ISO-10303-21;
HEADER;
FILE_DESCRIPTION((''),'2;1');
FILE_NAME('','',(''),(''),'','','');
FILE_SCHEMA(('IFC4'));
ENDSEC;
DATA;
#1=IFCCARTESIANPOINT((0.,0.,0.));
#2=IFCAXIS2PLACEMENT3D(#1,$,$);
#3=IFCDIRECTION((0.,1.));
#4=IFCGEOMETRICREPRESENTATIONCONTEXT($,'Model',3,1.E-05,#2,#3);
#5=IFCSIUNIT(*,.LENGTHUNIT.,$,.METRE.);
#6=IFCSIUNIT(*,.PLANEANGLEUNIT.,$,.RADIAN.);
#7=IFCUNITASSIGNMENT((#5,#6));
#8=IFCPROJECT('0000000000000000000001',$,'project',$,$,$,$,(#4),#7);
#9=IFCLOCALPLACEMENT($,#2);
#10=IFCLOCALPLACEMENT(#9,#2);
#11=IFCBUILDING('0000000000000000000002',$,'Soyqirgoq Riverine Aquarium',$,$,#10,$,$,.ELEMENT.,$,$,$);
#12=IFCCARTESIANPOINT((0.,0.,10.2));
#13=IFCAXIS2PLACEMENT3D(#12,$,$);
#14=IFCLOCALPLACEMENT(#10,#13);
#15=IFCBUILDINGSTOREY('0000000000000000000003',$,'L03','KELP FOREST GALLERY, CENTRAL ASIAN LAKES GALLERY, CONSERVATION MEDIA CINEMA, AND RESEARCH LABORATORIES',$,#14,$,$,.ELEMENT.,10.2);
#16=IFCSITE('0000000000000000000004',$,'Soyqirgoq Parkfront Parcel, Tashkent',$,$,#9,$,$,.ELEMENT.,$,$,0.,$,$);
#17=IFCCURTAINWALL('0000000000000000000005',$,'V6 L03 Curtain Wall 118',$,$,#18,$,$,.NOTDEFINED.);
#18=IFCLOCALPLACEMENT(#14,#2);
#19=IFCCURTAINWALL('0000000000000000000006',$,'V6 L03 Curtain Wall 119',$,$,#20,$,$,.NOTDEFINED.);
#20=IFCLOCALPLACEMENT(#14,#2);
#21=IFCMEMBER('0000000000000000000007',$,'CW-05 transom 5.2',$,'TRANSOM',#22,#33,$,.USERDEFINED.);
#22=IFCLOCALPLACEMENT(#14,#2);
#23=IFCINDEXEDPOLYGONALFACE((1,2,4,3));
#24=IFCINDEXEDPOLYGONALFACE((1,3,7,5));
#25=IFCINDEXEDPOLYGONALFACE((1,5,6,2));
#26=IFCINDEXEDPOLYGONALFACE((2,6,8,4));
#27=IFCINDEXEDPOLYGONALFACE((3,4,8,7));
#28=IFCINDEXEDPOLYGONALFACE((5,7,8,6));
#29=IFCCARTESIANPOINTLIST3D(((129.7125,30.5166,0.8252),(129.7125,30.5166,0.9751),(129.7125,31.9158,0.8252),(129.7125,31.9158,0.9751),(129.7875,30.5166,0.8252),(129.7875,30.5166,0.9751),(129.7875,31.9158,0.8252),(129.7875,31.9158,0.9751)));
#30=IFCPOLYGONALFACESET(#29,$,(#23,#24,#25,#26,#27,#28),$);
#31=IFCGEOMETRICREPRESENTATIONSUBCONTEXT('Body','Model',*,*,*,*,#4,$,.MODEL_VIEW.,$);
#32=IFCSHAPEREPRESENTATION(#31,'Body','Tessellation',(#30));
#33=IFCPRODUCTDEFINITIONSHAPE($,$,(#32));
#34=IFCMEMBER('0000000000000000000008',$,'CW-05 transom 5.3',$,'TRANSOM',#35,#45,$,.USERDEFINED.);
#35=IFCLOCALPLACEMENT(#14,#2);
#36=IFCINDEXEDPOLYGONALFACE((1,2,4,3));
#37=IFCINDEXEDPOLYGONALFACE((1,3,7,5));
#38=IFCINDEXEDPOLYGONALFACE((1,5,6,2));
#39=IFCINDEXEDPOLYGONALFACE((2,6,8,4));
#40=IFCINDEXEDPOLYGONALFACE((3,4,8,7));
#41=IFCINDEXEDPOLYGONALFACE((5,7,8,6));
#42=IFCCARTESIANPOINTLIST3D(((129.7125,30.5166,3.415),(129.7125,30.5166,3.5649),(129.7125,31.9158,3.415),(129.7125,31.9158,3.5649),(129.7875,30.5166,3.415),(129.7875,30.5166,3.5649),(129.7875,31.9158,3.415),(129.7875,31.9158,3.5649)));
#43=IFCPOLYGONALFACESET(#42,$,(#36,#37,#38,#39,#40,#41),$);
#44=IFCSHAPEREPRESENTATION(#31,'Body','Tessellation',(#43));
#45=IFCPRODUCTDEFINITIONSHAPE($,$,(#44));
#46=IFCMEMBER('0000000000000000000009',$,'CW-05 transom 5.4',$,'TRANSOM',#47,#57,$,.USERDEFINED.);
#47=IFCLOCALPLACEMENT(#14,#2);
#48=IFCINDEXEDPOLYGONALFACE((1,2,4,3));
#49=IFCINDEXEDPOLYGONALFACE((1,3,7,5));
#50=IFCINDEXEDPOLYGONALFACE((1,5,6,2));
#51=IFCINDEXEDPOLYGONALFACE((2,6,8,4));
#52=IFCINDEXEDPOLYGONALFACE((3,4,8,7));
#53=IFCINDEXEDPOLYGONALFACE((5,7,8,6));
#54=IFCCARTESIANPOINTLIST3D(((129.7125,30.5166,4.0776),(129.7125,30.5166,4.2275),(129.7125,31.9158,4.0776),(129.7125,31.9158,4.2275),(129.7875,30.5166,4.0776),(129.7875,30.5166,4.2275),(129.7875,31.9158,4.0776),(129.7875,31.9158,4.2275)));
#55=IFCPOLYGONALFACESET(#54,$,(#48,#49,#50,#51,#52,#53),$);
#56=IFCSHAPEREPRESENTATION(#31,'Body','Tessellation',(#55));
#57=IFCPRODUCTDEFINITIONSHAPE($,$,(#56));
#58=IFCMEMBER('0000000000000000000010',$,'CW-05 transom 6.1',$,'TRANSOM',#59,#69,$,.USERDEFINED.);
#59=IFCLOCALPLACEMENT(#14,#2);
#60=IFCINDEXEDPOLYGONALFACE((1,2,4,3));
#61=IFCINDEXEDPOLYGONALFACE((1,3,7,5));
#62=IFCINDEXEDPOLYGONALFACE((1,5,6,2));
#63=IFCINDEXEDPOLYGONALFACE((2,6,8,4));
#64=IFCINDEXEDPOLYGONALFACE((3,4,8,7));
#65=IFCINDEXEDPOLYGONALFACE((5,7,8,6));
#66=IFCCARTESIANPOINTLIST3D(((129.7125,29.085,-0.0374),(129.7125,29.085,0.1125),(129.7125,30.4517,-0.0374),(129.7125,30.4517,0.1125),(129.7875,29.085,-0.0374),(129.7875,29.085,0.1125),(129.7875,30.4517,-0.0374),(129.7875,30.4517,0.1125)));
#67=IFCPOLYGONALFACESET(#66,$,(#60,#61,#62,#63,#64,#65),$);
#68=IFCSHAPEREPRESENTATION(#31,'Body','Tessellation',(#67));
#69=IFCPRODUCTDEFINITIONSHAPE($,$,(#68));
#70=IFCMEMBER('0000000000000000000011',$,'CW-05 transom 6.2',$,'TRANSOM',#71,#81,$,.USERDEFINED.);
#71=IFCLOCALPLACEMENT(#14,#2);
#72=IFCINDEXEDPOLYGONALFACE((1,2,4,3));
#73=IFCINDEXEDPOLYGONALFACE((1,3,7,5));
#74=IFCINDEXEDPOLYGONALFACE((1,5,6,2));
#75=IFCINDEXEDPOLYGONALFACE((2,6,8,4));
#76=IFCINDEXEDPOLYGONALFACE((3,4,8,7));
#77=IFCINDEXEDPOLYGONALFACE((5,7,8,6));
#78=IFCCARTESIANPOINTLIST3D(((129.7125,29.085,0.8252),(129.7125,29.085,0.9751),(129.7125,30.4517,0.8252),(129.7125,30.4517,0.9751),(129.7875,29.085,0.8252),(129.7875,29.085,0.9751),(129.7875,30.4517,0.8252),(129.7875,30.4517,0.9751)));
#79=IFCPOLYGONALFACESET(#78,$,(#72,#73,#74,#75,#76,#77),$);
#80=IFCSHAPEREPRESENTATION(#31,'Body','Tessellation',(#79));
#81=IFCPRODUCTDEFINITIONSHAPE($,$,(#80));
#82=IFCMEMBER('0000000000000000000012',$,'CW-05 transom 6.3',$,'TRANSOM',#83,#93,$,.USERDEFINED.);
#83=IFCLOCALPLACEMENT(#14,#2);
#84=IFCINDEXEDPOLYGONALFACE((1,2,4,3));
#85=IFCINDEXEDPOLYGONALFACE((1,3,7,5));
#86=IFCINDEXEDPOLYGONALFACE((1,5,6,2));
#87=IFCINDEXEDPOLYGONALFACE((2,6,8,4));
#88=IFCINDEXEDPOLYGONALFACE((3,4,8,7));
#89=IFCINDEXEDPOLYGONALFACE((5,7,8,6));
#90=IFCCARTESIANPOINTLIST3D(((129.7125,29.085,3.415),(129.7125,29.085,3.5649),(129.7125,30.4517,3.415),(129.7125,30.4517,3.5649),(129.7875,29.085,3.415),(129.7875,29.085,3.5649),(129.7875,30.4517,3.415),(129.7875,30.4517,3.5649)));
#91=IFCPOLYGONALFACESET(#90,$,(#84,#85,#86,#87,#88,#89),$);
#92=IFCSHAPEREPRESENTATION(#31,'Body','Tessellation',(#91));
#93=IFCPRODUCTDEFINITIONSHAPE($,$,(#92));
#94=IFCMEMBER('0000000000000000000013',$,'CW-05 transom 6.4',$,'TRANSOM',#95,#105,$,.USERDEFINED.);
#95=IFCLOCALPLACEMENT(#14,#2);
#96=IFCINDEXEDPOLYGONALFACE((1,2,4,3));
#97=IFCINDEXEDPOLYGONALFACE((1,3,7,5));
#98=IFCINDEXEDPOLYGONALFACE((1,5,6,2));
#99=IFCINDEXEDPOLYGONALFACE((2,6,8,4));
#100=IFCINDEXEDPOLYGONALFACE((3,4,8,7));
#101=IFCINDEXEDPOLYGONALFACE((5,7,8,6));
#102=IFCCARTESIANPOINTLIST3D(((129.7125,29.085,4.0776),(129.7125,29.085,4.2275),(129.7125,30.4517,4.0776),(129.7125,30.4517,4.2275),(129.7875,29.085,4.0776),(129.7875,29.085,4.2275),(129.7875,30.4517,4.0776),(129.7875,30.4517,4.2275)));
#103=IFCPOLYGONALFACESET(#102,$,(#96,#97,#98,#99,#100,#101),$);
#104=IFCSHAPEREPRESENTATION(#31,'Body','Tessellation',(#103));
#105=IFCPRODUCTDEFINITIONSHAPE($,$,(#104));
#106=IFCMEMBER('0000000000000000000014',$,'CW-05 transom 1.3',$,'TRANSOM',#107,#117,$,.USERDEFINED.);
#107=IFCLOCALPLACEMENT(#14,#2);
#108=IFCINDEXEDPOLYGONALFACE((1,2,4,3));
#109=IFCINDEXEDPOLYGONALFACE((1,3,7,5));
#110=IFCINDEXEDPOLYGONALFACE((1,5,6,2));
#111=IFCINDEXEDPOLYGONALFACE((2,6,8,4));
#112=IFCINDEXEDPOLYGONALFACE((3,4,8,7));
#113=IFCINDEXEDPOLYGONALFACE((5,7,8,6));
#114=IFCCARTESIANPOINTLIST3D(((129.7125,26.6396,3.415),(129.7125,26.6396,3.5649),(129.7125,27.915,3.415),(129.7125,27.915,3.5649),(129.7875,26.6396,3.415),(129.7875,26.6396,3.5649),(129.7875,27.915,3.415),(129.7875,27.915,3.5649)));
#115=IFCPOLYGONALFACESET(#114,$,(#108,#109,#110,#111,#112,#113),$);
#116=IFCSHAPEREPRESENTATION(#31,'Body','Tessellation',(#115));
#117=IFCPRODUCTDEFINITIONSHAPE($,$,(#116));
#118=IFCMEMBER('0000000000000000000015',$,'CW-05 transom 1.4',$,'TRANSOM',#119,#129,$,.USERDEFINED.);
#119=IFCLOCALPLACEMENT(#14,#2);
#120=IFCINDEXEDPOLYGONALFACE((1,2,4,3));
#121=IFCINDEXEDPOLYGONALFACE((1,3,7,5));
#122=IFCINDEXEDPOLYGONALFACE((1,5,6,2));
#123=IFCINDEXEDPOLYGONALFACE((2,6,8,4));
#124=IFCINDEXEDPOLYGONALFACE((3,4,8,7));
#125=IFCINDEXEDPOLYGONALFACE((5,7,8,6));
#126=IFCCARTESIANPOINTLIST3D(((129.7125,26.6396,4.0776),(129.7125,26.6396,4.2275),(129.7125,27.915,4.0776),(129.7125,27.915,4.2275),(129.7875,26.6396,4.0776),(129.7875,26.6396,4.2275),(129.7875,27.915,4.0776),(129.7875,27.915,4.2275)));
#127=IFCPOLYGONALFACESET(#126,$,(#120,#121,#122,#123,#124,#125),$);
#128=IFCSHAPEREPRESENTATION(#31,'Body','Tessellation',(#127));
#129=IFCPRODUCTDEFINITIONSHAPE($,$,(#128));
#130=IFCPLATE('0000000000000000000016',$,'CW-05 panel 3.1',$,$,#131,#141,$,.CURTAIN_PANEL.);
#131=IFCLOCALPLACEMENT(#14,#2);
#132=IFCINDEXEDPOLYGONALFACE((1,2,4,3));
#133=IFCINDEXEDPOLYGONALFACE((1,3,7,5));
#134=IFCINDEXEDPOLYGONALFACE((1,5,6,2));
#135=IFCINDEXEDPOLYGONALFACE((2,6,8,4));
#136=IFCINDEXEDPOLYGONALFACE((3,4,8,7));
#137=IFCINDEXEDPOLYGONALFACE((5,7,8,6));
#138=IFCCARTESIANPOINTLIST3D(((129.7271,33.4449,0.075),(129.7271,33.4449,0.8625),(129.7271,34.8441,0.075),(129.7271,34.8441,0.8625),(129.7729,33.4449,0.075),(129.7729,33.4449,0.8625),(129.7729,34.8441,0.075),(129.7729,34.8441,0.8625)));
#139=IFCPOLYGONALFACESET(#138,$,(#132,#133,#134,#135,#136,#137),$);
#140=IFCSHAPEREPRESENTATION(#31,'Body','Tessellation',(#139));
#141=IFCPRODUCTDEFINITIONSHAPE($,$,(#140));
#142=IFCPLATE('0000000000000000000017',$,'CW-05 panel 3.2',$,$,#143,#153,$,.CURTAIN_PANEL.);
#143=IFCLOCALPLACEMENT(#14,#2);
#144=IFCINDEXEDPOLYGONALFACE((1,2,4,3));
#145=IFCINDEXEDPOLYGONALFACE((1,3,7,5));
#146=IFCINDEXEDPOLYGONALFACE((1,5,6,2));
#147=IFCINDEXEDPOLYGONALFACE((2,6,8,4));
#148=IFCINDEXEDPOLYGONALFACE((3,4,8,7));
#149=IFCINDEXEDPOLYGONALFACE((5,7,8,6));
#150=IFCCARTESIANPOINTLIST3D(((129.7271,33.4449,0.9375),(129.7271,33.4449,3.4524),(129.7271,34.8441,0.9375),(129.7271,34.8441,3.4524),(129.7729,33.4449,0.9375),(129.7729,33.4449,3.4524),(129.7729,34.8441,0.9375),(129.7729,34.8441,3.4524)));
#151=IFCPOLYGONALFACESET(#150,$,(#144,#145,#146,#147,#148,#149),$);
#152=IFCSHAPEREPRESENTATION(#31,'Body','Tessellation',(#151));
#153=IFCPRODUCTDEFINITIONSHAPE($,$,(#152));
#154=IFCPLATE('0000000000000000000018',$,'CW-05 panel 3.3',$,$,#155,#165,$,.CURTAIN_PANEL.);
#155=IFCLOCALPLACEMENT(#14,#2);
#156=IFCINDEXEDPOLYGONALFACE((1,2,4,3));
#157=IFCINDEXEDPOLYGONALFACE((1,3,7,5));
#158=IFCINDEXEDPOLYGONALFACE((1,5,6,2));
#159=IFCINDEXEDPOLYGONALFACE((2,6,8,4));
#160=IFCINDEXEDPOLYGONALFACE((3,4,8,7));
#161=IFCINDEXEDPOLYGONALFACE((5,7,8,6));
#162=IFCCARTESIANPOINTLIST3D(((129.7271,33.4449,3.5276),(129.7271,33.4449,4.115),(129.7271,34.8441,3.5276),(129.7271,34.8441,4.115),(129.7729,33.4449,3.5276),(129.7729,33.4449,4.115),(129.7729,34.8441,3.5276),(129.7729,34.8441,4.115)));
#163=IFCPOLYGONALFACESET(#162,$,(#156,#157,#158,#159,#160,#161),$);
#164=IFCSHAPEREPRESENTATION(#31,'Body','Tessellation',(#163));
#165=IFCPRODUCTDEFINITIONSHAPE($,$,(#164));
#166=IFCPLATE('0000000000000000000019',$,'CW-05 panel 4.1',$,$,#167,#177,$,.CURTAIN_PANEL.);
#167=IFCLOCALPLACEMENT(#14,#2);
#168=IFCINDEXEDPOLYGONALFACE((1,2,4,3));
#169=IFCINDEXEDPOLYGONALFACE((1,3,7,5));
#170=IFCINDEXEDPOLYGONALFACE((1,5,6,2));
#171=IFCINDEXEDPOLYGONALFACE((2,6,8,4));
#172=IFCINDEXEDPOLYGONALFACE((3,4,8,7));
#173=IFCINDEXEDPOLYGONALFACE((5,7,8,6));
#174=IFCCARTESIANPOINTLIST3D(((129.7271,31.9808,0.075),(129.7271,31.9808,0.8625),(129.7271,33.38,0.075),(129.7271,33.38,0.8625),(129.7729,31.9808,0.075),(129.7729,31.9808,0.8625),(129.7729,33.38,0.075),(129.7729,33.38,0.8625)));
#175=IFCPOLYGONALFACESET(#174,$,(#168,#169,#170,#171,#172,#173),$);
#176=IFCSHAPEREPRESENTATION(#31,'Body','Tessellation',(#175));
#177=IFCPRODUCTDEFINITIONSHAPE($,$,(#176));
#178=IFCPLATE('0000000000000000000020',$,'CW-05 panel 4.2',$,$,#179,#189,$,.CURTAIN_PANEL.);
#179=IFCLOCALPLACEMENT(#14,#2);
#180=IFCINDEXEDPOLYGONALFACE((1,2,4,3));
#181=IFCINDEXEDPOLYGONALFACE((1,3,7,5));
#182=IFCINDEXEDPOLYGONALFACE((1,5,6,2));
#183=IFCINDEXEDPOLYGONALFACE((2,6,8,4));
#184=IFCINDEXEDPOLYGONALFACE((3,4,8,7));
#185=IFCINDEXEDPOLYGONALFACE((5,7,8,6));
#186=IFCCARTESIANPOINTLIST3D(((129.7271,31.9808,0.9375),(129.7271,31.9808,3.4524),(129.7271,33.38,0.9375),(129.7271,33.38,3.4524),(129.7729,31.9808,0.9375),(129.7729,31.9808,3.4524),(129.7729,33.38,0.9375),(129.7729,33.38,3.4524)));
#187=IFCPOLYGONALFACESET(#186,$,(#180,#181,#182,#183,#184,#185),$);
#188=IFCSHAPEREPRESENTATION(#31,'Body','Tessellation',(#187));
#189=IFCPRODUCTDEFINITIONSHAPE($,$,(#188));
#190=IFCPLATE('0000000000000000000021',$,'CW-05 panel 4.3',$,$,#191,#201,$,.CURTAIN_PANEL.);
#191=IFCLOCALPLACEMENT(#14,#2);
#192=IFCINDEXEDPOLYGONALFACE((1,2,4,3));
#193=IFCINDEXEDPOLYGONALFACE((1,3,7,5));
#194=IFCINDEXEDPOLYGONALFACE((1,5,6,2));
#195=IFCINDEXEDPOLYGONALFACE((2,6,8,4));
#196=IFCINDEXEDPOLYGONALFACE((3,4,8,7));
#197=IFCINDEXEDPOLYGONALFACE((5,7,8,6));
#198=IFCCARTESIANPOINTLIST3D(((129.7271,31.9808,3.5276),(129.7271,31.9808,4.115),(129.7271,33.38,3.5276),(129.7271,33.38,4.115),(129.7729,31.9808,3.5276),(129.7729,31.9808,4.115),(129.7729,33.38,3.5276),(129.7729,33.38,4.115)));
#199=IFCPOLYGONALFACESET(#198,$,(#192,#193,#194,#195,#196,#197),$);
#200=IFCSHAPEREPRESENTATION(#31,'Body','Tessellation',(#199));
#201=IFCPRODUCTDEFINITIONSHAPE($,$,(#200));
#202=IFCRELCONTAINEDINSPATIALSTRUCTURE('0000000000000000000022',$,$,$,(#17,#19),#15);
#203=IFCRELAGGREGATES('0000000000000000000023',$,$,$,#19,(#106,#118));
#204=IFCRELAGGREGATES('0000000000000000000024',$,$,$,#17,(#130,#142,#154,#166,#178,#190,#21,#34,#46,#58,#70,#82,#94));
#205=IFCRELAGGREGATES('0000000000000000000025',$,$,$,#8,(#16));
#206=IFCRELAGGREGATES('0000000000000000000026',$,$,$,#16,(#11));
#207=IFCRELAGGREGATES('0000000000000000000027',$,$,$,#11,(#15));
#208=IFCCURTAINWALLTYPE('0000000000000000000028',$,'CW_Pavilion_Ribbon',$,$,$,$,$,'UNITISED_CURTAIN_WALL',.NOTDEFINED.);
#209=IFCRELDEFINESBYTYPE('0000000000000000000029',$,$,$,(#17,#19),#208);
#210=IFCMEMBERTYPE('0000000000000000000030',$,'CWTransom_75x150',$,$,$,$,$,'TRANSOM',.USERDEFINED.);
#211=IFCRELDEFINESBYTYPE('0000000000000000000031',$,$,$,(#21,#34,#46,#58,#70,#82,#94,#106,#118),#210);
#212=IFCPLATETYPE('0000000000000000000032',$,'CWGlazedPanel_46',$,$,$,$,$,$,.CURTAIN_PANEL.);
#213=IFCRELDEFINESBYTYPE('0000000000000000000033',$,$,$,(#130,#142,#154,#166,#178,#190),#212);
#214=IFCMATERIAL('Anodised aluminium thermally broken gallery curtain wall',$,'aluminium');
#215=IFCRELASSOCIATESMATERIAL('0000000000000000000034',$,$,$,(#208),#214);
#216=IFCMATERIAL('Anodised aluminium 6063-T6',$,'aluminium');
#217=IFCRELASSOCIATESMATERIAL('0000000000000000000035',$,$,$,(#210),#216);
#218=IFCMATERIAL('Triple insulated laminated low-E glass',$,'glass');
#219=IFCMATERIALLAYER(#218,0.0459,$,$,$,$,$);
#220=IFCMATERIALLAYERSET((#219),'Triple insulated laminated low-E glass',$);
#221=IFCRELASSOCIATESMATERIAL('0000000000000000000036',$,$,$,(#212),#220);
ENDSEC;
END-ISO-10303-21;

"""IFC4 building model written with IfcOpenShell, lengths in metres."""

from ifc_helpers import new_model, si_unit, direction, frame, origin, origin_2d, place, context, subcontext, project, spatial, rectangle, extrude, material, layer, layer_set, material_profile, profile_set, type_object, element, aggregate, save


model = new_model("IFC4")

# Units and contexts
model_context = context("Model", 3, precision=1e-05, world=origin(), true_north=direction((0.0, 1.0)))
body_context = subcontext(model_context, "Body", "Model", "MODEL_VIEW")
ifc_project = project(units=[si_unit("LENGTHUNIT", "METRE"), si_unit("PLANEANGLEUNIT", "RADIAN")], contexts=[model_context])

# Site, building, storey
site_placement = place(None, origin())
site = spatial("IfcSite", under=ifc_project, at=site_placement, Name="Soyqirgoq Parkfront Parcel, Tashkent", CompositionType="ELEMENT", RefElevation=0.0)
building_placement = place(site_placement, origin())
building = spatial("IfcBuilding", under=site, at=building_placement, Name="Soyqirgoq Riverine Aquarium", CompositionType="ELEMENT")
storey_placement = place(building_placement, frame((0.0, 0.0, 10.2)))
storey = spatial("IfcBuildingStorey", under=building, at=storey_placement, Name="L03", Description="KELP FOREST GALLERY, CENTRAL ASIAN LAKES GALLERY, CONSERVATION MEDIA CINEMA, AND RESEARCH LABORATORIES", CompositionType="ELEMENT", Elevation=10.2)

# Curtain wall
ifc_material_1 = material(Name="Anodised aluminium thermally broken gallery curtain wall", Category="aluminium")
curtain_wall_type = type_object("IfcCurtainWallType", Name="CW_Pavilion_Ribbon", ElementType="UNITISED_CURTAIN_WALL", PredefinedType="NOTDEFINED", material=ifc_material_1)
curtain_wall_1_placement = place(storey_placement, origin())
curtain_wall_1 = element("IfcCurtainWall", 1, at=curtain_wall_1_placement, inside=storey, type_object=curtain_wall_type, Name="V6 L03 Curtain Wall 118", PredefinedType="NOTDEFINED")

# Curtain wall
curtain_wall_2_placement = place(storey_placement, origin())
curtain_wall_2 = element("IfcCurtainWall", 2, at=curtain_wall_2_placement, inside=storey, type_object=curtain_wall_type, Name="V6 L03 Curtain Wall 119", PredefinedType="NOTDEFINED")

# Members
ifc_material_2 = material(Name="Anodised aluminium 6063-T6", Category="aluminium")
ifc_material_profile_1 = material_profile(ifc_material_2, rectangle(XDim=0.075, YDim=0.1499, at=origin_2d()), Name="ALU-T 75x150")
ifc_profile_set_1 = profile_set([ifc_material_profile_1], Name="Anodised aluminium 6063-T6")
member_type_1 = type_object("IfcMemberType", Name="CWTransom_75x150", ElementType="TRANSOM", PredefinedType="USERDEFINED", material=ifc_profile_set_1)
member_1_placement = place(storey_placement, frame((129.75, 31.9158, 0.9001), z_axis=(0.0, -1.0, 0.0), x_axis=(1.0, 0.0, 0.0)))
member_1 = element("IfcMember", 3, at=member_1_placement, type_object=member_type_1, Name="CW-05 transom 5.2", ObjectType="TRANSOM", PredefinedType="USERDEFINED", context=body_context, shape_type="SweptSolid", body=[
    extrude(rectangle(XDim=0.075, YDim=0.1499, at=origin_2d()), origin(), (0.0, 0.0, 1.0), 1.3992),
])
member_2_placement = place(storey_placement, frame((129.75, 31.9158, 3.49), z_axis=(0.0, -1.0, 0.0), x_axis=(1.0, 0.0, 0.0)))
member_2 = element("IfcMember", 4, at=member_2_placement, type_object=member_type_1, Name="CW-05 transom 5.3", ObjectType="TRANSOM", PredefinedType="USERDEFINED", context=body_context, shape_type="SweptSolid", body=[
    extrude(rectangle(XDim=0.075, YDim=0.1499, at=origin_2d()), origin(), (0.0, 0.0, 1.0), 1.3992),
])
member_3_placement = place(storey_placement, frame((129.75, 31.9158, 4.1526), z_axis=(0.0, -1.0, 0.0), x_axis=(1.0, 0.0, 0.0)))
member_3 = element("IfcMember", 5, at=member_3_placement, type_object=member_type_1, Name="CW-05 transom 5.4", ObjectType="TRANSOM", PredefinedType="USERDEFINED", context=body_context, shape_type="SweptSolid", body=[
    extrude(rectangle(XDim=0.075, YDim=0.1499, at=origin_2d()), origin(), (0.0, 0.0, 1.0), 1.3992),
])
member_4_placement = place(storey_placement, frame((129.75, 30.4517, 0.0376), z_axis=(0.0, -1.0, 0.0), x_axis=(1.0, 0.0, 0.0)))
member_4 = element("IfcMember", 6, at=member_4_placement, type_object=member_type_1, Name="CW-05 transom 6.1", ObjectType="TRANSOM", PredefinedType="USERDEFINED", context=body_context, shape_type="SweptSolid", body=[
    extrude(rectangle(XDim=0.075, YDim=0.1499, at=origin_2d()), origin(), (0.0, 0.0, 1.0), 1.3667),
])
member_5_placement = place(storey_placement, frame((129.75, 30.4517, 0.9001), z_axis=(0.0, -1.0, 0.0), x_axis=(1.0, 0.0, 0.0)))
member_5 = element("IfcMember", 7, at=member_5_placement, type_object=member_type_1, Name="CW-05 transom 6.2", ObjectType="TRANSOM", PredefinedType="USERDEFINED", context=body_context, shape_type="SweptSolid", body=[
    extrude(rectangle(XDim=0.075, YDim=0.1499, at=origin_2d()), origin(), (0.0, 0.0, 1.0), 1.3667),
])
member_6_placement = place(storey_placement, frame((129.75, 30.4517, 3.49), z_axis=(0.0, -1.0, 0.0), x_axis=(1.0, 0.0, 0.0)))
member_6 = element("IfcMember", 8, at=member_6_placement, type_object=member_type_1, Name="CW-05 transom 6.3", ObjectType="TRANSOM", PredefinedType="USERDEFINED", context=body_context, shape_type="SweptSolid", body=[
    extrude(rectangle(XDim=0.075, YDim=0.1499, at=origin_2d()), origin(), (0.0, 0.0, 1.0), 1.3667),
])
member_7_placement = place(storey_placement, frame((129.75, 30.4517, 4.1526), z_axis=(0.0, -1.0, 0.0), x_axis=(1.0, 0.0, 0.0)))
member_7 = element("IfcMember", 9, at=member_7_placement, type_object=member_type_1, Name="CW-05 transom 6.4", ObjectType="TRANSOM", PredefinedType="USERDEFINED", context=body_context, shape_type="SweptSolid", body=[
    extrude(rectangle(XDim=0.075, YDim=0.1499, at=origin_2d()), origin(), (0.0, 0.0, 1.0), 1.3667),
])
member_8_placement = place(storey_placement, frame((129.75, 27.915, 3.49), z_axis=(0.0, -1.0, 0.0), x_axis=(1.0, 0.0, 0.0)))
member_8 = element("IfcMember", 10, at=member_8_placement, type_object=member_type_1, Name="CW-05 transom 1.3", ObjectType="TRANSOM", PredefinedType="USERDEFINED", context=body_context, shape_type="SweptSolid", body=[
    extrude(rectangle(XDim=0.075, YDim=0.1499, at=origin_2d()), origin(), (0.0, 0.0, 1.0), 1.2754),
])
member_9_placement = place(storey_placement, frame((129.75, 27.915, 4.1526), z_axis=(0.0, -1.0, 0.0), x_axis=(1.0, 0.0, 0.0)))
member_9 = element("IfcMember", 11, at=member_9_placement, type_object=member_type_1, Name="CW-05 transom 1.4", ObjectType="TRANSOM", PredefinedType="USERDEFINED", context=body_context, shape_type="SweptSolid", body=[
    extrude(rectangle(XDim=0.075, YDim=0.1499, at=origin_2d()), origin(), (0.0, 0.0, 1.0), 1.2754),
])
aggregate(curtain_wall_2, [member_8, member_9])

# Plates
ifc_material_3 = material(Name="Triple insulated laminated low-E glass", Category="glass")
ifc_layer = layer(ifc_material_3, 0.0459)
ifc_layer_set = layer_set([ifc_layer], Name="Triple insulated laminated low-E glass")
plate_type = type_object("IfcPlateType", Name="CWGlazedPanel_46", PredefinedType="CURTAIN_PANEL", material=ifc_layer_set)
plate_1_placement = place(storey_placement, frame((129.75, 34.1445, 0.075), z_axis=(0.0, 0.0, 1.0), x_axis=(0.0, -1.0, 0.0)))
plate_1 = element("IfcPlate", 12, at=plate_1_placement, type_object=plate_type, Name="CW-05 panel 3.1", PredefinedType="CURTAIN_PANEL", context=body_context, shape_type="SweptSolid", body=[
    extrude(rectangle(XDim=1.3992, YDim=0.0459, at=origin_2d()), origin(), (0.0, 0.0, 1.0), 0.7876),
])
plate_2_placement = place(storey_placement, frame((129.75, 34.1445, 0.9375), z_axis=(0.0, 0.0, 1.0), x_axis=(0.0, -1.0, 0.0)))
plate_2 = element("IfcPlate", 13, at=plate_2_placement, type_object=plate_type, Name="CW-05 panel 3.2", PredefinedType="CURTAIN_PANEL", context=body_context, shape_type="SweptSolid", body=[
    extrude(rectangle(XDim=1.3992, YDim=0.0459, at=origin_2d()), origin(), (0.0, 0.0, 1.0), 2.5149),
])
plate_3_placement = place(storey_placement, frame((129.75, 34.1445, 3.5276), z_axis=(0.0, 0.0, 1.0), x_axis=(0.0, -1.0, 0.0)))
plate_3 = element("IfcPlate", 14, at=plate_3_placement, type_object=plate_type, Name="CW-05 panel 3.3", PredefinedType="CURTAIN_PANEL", context=body_context, shape_type="SweptSolid", body=[
    extrude(rectangle(XDim=1.3992, YDim=0.0459, at=origin_2d()), origin(), (0.0, 0.0, 1.0), 0.5874),
])
plate_4_placement = place(storey_placement, frame((129.75, 32.6804, 0.075), z_axis=(0.0, 0.0, 1.0), x_axis=(0.0, -1.0, 0.0)))
plate_4 = element("IfcPlate", 15, at=plate_4_placement, type_object=plate_type, Name="CW-05 panel 4.1", PredefinedType="CURTAIN_PANEL", context=body_context, shape_type="SweptSolid", body=[
    extrude(rectangle(XDim=1.3992, YDim=0.0459, at=origin_2d()), origin(), (0.0, 0.0, 1.0), 0.7876),
])
plate_5_placement = place(storey_placement, frame((129.75, 32.6804, 0.9375), z_axis=(0.0, 0.0, 1.0), x_axis=(0.0, -1.0, 0.0)))
plate_5 = element("IfcPlate", 16, at=plate_5_placement, type_object=plate_type, Name="CW-05 panel 4.2", PredefinedType="CURTAIN_PANEL", context=body_context, shape_type="SweptSolid", body=[
    extrude(rectangle(XDim=1.3992, YDim=0.0459, at=origin_2d()), origin(), (0.0, 0.0, 1.0), 2.5149),
])
plate_6_placement = place(storey_placement, frame((129.75, 32.6804, 3.5276), z_axis=(0.0, 0.0, 1.0), x_axis=(0.0, -1.0, 0.0)))
plate_6 = element("IfcPlate", 17, at=plate_6_placement, type_object=plate_type, Name="CW-05 panel 4.3", PredefinedType="CURTAIN_PANEL", context=body_context, shape_type="SweptSolid", body=[
    extrude(rectangle(XDim=1.3992, YDim=0.0459, at=origin_2d()), origin(), (0.0, 0.0, 1.0), 0.5874),
])
aggregate(curtain_wall_1, [plate_1, plate_2, plate_3, plate_4, plate_5, plate_6, member_1, member_2, member_3, member_4, member_5, member_6, member_7])

save(model, "model.ifc")
